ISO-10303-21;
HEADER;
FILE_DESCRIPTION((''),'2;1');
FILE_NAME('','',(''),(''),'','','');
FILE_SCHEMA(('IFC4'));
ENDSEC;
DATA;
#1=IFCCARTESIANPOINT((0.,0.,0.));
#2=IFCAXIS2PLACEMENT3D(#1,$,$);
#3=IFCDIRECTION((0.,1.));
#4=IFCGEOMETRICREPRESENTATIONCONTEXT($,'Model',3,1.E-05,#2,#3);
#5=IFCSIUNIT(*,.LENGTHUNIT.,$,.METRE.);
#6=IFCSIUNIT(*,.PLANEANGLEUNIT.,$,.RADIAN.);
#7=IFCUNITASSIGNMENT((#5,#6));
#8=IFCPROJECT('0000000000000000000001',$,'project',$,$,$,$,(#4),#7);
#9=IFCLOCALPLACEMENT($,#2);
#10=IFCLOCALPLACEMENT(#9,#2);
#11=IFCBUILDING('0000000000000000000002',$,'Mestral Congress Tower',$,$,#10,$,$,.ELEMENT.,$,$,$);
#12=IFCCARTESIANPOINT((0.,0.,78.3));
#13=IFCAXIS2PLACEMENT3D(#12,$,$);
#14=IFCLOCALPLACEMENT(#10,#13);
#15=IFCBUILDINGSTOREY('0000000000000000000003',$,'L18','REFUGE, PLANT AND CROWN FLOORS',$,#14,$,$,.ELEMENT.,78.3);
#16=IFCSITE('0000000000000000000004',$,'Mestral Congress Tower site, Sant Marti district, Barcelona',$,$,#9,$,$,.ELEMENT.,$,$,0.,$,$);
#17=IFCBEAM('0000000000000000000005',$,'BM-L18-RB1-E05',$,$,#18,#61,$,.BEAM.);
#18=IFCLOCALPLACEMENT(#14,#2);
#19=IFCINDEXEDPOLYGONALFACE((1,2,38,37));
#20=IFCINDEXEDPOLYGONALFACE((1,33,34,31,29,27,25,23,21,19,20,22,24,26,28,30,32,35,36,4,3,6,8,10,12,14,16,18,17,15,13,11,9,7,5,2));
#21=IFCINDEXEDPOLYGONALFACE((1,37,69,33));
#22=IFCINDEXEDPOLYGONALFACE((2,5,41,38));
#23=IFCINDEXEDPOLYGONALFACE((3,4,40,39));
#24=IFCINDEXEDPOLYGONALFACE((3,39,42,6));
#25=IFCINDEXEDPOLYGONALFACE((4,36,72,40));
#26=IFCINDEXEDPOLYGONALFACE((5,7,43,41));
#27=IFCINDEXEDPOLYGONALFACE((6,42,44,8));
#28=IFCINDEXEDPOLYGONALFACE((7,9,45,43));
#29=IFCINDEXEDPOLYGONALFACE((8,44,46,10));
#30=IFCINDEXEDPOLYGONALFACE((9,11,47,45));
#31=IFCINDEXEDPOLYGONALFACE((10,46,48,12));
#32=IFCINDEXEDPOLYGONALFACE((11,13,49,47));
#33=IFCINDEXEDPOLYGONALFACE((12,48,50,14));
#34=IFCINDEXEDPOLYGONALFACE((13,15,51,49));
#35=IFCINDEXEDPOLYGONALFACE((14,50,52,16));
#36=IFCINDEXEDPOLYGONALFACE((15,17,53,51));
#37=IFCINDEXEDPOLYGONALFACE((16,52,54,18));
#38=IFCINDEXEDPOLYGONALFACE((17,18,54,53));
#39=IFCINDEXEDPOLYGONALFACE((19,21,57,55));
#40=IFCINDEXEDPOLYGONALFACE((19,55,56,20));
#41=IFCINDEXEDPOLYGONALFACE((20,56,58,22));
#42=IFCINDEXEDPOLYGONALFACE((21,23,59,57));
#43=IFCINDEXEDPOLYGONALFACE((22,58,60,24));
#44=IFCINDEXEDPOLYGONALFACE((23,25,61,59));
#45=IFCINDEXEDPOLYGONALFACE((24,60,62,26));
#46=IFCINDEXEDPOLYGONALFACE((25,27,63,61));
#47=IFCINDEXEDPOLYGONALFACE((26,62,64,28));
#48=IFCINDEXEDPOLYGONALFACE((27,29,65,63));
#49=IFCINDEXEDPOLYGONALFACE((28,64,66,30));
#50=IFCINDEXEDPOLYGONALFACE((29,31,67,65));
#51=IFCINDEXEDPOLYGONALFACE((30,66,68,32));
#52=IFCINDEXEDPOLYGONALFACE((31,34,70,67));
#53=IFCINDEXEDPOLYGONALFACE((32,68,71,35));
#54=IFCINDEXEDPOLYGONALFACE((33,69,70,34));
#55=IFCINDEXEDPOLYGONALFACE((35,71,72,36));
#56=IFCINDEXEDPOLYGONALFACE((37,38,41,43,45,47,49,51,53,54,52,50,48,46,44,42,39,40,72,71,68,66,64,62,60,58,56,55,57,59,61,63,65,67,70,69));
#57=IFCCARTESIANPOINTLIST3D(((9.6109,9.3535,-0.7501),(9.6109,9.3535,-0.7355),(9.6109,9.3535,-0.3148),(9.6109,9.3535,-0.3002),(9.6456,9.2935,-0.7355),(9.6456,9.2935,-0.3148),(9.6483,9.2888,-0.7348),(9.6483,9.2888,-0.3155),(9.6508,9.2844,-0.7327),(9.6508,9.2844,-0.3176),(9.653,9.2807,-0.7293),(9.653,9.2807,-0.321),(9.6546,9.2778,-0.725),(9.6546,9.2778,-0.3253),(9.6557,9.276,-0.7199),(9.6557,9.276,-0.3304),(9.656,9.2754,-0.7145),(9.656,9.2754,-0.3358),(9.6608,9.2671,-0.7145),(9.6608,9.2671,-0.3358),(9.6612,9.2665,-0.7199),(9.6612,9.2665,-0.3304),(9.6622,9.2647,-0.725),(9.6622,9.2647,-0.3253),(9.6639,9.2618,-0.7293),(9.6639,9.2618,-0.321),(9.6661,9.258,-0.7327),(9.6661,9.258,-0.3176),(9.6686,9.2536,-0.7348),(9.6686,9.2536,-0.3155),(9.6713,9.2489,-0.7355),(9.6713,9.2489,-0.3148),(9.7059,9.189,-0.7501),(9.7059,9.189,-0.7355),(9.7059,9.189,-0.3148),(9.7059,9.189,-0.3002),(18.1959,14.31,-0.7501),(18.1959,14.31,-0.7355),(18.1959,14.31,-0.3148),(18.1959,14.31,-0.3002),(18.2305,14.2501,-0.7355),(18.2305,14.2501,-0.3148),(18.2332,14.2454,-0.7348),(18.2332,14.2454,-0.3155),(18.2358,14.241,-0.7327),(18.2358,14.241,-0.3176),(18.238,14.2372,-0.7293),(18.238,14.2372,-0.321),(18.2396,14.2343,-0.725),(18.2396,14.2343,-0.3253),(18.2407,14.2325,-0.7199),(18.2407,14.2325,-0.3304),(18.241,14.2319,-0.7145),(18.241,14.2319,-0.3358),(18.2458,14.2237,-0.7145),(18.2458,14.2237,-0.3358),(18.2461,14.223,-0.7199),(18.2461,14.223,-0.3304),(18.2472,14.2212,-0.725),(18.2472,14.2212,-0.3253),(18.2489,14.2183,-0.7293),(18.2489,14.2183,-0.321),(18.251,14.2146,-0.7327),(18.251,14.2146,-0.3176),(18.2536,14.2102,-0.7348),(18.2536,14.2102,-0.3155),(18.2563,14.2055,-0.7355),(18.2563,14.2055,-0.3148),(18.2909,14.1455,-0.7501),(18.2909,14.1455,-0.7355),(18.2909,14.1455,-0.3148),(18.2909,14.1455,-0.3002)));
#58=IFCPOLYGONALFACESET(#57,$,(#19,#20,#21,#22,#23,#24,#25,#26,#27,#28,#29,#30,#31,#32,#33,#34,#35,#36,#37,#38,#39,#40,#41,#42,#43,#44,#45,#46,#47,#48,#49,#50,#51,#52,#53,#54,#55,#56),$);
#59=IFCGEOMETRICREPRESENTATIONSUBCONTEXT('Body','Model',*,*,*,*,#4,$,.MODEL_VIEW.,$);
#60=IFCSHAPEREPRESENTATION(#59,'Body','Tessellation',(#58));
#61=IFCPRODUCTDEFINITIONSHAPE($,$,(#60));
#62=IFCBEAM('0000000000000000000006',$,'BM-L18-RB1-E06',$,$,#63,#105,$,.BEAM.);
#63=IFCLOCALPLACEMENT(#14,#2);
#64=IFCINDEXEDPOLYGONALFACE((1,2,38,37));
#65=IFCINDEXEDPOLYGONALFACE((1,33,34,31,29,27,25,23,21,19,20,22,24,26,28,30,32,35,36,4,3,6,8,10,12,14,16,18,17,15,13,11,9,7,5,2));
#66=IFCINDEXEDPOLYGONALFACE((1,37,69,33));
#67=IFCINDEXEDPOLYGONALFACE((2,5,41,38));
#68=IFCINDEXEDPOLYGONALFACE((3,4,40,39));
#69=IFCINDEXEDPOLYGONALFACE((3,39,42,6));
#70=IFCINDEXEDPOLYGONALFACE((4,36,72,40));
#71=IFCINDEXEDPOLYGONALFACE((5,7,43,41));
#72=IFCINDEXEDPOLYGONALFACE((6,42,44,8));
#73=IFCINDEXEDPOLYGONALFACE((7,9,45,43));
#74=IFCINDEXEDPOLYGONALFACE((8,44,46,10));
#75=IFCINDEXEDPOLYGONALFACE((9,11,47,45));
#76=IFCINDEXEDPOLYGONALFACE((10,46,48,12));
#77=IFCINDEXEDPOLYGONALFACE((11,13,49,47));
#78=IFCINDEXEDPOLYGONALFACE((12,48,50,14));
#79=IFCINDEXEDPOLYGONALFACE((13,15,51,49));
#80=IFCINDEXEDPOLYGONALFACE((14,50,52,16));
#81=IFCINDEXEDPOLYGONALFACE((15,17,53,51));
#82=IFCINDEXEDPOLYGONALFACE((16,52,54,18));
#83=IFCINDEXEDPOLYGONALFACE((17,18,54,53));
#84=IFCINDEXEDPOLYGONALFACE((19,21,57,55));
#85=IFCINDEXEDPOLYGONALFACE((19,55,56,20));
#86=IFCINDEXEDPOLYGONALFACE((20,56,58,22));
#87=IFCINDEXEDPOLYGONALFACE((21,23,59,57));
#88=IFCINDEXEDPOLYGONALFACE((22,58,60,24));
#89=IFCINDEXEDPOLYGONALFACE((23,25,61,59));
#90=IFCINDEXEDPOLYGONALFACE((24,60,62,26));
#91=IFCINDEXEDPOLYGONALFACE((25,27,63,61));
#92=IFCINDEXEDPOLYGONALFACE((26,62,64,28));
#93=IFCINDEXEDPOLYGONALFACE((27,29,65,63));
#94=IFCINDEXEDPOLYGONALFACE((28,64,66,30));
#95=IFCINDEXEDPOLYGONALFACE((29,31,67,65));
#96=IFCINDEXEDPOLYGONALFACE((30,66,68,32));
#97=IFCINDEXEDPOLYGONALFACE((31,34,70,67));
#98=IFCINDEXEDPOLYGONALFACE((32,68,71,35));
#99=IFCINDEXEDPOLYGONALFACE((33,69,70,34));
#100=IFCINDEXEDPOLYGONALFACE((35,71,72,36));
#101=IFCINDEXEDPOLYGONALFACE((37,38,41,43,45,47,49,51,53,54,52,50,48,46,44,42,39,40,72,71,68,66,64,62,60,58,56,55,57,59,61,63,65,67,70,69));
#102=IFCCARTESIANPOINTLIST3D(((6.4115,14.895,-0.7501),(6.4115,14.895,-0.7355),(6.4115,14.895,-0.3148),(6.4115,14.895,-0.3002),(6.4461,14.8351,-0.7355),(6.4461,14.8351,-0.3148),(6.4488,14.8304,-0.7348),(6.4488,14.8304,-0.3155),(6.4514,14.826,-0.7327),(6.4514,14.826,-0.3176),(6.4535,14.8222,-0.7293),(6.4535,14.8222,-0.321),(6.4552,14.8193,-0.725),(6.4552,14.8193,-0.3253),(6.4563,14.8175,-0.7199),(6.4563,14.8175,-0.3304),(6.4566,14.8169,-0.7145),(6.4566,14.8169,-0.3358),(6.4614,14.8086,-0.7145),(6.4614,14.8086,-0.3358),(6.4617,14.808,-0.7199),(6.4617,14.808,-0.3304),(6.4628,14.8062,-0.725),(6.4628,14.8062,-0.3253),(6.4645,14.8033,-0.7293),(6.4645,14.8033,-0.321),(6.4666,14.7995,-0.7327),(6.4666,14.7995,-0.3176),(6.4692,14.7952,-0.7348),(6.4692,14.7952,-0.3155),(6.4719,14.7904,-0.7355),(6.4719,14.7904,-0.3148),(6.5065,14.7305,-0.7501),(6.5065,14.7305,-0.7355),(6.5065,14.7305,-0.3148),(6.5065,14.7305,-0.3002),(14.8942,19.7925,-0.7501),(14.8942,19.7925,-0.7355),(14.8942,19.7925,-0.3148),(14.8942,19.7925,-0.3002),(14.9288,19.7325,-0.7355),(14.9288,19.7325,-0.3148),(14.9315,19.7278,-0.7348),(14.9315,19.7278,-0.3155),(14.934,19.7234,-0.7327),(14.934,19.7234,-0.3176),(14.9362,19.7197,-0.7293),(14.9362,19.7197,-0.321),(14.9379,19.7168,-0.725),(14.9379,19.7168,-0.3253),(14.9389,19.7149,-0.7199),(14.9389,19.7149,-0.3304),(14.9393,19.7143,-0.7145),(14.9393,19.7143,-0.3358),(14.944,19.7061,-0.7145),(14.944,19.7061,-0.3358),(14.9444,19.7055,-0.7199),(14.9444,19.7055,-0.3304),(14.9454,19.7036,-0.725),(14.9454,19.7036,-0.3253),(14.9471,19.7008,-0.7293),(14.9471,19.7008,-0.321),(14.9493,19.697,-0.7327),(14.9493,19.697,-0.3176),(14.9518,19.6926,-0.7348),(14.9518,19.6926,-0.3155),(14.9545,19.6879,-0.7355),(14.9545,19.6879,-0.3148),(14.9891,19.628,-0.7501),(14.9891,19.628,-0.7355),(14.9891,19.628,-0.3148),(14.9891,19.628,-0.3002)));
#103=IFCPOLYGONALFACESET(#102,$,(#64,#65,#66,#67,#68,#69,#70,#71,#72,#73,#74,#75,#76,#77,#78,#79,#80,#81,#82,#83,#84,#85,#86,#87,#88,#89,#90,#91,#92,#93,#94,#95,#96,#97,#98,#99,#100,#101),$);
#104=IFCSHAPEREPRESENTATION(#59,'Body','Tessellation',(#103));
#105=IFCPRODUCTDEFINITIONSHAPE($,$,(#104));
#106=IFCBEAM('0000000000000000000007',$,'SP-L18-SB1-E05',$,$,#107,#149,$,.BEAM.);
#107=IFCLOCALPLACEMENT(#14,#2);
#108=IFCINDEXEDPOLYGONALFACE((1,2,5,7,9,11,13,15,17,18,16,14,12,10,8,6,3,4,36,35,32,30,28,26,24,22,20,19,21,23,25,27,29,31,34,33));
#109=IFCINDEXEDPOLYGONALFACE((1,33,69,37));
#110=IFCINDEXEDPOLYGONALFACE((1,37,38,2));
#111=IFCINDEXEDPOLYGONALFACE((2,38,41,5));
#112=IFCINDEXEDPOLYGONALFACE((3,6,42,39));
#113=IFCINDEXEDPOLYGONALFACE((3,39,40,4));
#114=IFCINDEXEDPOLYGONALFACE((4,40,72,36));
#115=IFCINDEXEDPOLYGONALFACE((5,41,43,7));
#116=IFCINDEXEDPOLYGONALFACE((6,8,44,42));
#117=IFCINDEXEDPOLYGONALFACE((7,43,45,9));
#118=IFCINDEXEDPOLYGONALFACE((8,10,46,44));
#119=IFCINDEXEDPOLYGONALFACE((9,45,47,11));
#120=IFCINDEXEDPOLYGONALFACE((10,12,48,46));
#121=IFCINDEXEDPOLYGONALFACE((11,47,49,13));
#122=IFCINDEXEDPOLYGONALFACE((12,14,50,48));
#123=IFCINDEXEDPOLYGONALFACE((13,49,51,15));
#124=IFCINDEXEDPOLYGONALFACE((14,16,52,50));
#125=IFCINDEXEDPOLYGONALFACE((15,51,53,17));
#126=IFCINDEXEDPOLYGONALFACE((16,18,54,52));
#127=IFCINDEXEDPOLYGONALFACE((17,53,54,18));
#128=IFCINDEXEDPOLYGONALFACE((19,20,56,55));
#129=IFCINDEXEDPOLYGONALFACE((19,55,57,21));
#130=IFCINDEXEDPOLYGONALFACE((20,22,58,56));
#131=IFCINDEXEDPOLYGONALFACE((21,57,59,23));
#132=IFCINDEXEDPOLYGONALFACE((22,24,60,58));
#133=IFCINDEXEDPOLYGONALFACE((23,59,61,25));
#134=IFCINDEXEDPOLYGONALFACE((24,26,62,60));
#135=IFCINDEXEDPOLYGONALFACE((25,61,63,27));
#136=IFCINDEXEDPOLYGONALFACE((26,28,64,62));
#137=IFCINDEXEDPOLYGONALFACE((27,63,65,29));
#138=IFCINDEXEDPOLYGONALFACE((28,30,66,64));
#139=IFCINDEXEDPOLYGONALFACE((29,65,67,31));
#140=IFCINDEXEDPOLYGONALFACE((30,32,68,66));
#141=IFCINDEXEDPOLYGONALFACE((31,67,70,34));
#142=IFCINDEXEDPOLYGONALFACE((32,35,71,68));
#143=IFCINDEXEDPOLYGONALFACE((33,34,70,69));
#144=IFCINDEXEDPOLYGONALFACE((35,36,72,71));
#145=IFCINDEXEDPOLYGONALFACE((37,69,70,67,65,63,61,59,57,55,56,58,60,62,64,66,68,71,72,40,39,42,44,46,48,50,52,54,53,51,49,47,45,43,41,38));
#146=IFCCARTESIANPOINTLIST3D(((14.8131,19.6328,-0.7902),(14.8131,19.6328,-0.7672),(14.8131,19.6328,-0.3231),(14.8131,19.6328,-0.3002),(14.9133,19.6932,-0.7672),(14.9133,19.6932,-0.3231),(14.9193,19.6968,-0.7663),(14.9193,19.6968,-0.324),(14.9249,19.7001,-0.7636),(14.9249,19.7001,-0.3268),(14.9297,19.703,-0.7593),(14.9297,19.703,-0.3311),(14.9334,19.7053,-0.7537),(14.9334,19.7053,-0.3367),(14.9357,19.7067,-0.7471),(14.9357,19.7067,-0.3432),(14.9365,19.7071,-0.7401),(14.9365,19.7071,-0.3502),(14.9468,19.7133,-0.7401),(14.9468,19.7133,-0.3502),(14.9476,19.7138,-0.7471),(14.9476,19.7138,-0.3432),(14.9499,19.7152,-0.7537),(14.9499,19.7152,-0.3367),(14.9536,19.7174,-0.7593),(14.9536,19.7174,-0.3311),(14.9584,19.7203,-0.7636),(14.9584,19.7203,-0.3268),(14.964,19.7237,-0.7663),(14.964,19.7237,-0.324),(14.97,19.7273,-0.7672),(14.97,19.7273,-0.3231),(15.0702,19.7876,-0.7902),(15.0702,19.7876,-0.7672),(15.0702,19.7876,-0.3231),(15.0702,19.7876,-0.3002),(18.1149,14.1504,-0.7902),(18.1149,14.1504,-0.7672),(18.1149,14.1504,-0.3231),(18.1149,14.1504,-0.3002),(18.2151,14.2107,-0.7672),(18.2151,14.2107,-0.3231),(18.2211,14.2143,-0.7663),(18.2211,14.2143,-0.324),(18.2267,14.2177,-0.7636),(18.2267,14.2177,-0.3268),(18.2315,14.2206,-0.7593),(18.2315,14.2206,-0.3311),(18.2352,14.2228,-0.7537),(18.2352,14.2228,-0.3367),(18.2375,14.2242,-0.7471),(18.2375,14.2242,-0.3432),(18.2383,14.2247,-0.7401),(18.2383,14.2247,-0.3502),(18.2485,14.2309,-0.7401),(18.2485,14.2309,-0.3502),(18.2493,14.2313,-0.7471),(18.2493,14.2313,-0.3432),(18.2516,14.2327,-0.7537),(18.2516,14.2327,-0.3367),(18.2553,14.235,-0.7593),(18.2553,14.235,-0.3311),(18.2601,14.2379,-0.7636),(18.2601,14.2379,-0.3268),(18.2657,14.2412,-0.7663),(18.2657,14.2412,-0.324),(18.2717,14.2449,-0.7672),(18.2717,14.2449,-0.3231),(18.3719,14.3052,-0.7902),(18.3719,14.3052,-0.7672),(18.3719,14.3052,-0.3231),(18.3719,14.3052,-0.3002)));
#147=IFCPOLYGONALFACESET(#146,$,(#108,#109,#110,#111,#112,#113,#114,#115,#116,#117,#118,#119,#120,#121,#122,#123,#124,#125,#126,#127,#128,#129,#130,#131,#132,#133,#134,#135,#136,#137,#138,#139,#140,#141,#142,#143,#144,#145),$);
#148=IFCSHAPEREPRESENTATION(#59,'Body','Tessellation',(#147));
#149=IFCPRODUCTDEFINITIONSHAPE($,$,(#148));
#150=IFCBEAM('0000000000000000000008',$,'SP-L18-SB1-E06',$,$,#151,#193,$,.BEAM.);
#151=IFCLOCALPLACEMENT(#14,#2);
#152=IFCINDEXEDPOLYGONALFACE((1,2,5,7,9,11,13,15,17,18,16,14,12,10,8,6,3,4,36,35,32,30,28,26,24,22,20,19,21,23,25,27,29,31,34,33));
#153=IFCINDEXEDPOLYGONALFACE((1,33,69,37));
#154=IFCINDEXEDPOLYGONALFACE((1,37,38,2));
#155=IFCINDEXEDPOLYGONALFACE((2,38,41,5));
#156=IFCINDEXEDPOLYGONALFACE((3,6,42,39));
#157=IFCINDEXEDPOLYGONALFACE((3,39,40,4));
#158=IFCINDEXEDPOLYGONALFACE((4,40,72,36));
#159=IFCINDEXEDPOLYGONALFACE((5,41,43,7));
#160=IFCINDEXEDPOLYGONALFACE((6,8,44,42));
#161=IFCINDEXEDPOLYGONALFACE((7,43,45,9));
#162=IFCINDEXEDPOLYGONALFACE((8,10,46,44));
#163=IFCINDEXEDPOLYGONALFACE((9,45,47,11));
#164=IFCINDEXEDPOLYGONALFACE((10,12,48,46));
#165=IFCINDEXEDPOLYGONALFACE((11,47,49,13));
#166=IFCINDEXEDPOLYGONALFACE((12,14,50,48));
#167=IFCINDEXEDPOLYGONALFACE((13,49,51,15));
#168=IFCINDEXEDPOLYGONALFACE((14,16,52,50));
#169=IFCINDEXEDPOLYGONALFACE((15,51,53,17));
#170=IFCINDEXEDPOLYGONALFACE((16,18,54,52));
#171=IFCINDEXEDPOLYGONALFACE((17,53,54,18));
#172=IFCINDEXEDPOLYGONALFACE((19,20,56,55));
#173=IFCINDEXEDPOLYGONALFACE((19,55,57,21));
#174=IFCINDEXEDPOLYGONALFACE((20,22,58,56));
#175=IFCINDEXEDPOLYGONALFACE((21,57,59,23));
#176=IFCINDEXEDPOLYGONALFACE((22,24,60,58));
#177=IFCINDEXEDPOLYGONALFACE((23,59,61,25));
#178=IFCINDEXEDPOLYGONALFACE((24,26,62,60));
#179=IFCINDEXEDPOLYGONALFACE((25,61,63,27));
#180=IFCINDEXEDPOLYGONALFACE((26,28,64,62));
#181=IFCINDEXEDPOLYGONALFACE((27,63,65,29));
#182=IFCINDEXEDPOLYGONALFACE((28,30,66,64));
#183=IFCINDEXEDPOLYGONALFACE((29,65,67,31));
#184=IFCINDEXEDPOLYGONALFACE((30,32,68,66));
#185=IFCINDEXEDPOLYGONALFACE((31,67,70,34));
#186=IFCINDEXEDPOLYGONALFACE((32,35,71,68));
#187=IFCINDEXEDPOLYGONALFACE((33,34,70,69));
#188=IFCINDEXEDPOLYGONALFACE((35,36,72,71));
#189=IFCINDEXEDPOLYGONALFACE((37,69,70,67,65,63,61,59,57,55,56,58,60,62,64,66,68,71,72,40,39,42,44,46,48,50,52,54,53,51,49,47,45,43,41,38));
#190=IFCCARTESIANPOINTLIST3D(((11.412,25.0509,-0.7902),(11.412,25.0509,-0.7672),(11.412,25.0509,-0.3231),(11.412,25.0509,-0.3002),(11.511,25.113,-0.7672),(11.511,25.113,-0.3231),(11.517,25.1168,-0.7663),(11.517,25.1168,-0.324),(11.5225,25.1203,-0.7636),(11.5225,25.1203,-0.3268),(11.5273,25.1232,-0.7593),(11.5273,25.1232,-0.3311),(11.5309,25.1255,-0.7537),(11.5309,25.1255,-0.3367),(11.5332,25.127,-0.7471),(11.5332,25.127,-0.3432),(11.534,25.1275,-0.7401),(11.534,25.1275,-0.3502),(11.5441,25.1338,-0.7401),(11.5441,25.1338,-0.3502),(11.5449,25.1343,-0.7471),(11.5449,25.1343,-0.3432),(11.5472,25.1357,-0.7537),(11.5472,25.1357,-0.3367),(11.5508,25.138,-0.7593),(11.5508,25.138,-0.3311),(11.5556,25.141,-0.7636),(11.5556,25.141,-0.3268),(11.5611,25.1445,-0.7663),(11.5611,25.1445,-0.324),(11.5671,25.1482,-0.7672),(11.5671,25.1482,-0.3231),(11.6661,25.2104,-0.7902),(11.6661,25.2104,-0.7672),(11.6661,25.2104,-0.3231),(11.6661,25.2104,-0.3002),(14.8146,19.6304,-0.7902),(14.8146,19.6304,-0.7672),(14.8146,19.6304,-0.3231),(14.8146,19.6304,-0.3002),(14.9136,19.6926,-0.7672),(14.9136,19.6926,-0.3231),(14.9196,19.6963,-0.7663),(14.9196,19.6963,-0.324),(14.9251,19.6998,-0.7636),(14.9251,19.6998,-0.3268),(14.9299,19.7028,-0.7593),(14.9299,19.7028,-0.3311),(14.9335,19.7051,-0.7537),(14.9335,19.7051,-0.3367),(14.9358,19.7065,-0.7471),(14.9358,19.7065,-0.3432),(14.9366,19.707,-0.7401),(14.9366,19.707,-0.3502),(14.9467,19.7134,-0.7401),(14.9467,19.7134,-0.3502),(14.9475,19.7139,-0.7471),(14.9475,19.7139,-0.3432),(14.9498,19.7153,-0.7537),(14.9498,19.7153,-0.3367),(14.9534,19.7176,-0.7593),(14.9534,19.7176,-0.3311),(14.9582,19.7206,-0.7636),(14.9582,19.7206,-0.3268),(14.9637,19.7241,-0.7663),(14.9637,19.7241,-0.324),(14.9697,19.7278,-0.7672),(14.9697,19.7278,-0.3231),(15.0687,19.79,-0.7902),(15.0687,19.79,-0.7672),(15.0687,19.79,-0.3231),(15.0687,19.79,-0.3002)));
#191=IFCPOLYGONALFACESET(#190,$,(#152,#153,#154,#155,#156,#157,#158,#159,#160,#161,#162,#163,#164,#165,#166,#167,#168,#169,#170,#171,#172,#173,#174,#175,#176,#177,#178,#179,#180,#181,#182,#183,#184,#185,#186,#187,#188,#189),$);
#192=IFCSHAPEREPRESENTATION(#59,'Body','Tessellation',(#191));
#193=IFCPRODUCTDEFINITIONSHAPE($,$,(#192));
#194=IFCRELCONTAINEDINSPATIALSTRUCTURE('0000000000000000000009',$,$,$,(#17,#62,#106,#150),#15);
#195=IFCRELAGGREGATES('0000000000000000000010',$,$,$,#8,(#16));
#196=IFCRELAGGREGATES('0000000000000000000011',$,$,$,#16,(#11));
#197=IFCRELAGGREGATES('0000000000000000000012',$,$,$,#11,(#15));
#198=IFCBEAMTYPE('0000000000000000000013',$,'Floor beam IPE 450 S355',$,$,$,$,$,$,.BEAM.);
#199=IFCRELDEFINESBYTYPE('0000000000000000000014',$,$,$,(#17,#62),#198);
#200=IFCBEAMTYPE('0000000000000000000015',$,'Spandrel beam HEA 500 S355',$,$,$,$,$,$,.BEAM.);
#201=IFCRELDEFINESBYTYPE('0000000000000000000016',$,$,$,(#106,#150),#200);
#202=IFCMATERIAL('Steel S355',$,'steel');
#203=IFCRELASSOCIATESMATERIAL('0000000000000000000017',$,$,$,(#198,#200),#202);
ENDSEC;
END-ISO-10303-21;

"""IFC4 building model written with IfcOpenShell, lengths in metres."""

from ifc_helpers import new_model, si_unit, direction, frame, origin, origin_2d, place, context, subcontext, project, spatial, i_section, extrude, material, material_profile, profile_set, type_object, element, save


model = new_model("IFC4")

# Units and contexts
model_context = context("Model", 3, precision=1e-05, world=origin(), true_north=direction((0.0, 1.0)))
body_context = subcontext(model_context, "Body", "Model", "MODEL_VIEW")
ifc_project = project(units=[si_unit("LENGTHUNIT", "METRE"), si_unit("PLANEANGLEUNIT", "RADIAN")], contexts=[model_context])

# Site, building, storey
site_placement = place(None, origin())
site = spatial("IfcSite", under=ifc_project, at=site_placement, Name="Mestral Congress Tower site, Sant Marti district, Barcelona", CompositionType="ELEMENT", RefElevation=0.0)
building_placement = place(site_placement, origin())
building = spatial("IfcBuilding", under=site, at=building_placement, Name="Mestral Congress Tower", CompositionType="ELEMENT")
storey_placement = place(building_placement, frame((0.0, 0.0, 78.3)))
storey = spatial("IfcBuildingStorey", under=building, at=storey_placement, Name="L18", Description="REFUGE, PLANT AND CROWN FLOORS", CompositionType="ELEMENT", Elevation=78.3)

# Shared definitions
ifc_material_1 = material(Name="Steel S355", Category="steel")

# Beams
ifc_material_profile_1 = material_profile(ifc_material_1, i_section(OverallWidth=0.1899, OverallDepth=0.45, WebThickness=0.0095, FlangeThickness=0.0146, FilletRadius=0.021, at=origin_2d()), Name="IPE 450")
ifc_profile_set_1 = profile_set([ifc_material_profile_1], Name="Steel S355")
beam_type_1 = type_object("IfcBeamType", Name="Floor beam IPE 450 S355", PredefinedType="BEAM", material=ifc_profile_set_1)
beam_1_placement = place(storey_placement, frame((18.2434, 14.2278, -0.5251), z_axis=(-0.866025, -0.500001, 0.0), x_axis=(0.500001, -0.866025, 0.0)))
element("IfcBeam", 1, at=beam_1_placement, inside=storey, type_object=beam_type_1, Name="BM-L18-RB1-E05", PredefinedType="BEAM", context=body_context, shape_type="SweptSolid", body=[
    extrude(i_section(OverallWidth=0.1899, OverallDepth=0.45, WebThickness=0.0095, FlangeThickness=0.0146, FilletRadius=0.021, at=origin_2d()), origin(), (0.0, 0.0, 1.0), 9.9131),
])
beam_2_placement = place(storey_placement, frame((14.9417, 19.7102, -0.5251), z_axis=(-0.866026, -0.499999, 0.0), x_axis=(0.499999, -0.866026, 0.0)))
element("IfcBeam", 2, at=beam_2_placement, inside=storey, type_object=beam_type_1, Name="BM-L18-RB1-E06", PredefinedType="BEAM", context=body_context, shape_type="SweptSolid", body=[
    extrude(i_section(OverallWidth=0.1899, OverallDepth=0.45, WebThickness=0.0095, FlangeThickness=0.0146, FilletRadius=0.021, at=origin_2d()), origin(), (0.0, 0.0, 1.0), 9.7949),
])
ifc_material_profile_2 = material_profile(ifc_material_1, i_section(OverallWidth=0.3, OverallDepth=0.49, WebThickness=0.012, FlangeThickness=0.0229, FilletRadius=0.0271, at=origin_2d()), Name="HEA 500")
ifc_profile_set_2 = profile_set([ifc_material_profile_2], Name="Steel S355")
beam_type_2 = type_object("IfcBeamType", Name="Spandrel beam HEA 500 S355", PredefinedType="BEAM", material=ifc_profile_set_2)
for number, where, z_axis, x_axis, name in (
    (3, (18.2434, 14.2278, -0.5452), (-0.515909, 0.856644, 0.0), (-0.856644, -0.515909, 0.0), "SP-L18-SB1-E05"),
    (4, (14.9417, 19.7102, -0.5452), (-0.531664, 0.846955, 0.0), (-0.846955, -0.531664, 0.0), "SP-L18-SB1-E06"),
):
    element("IfcBeam", number, at=place(storey_placement, frame(where, z_axis=z_axis, x_axis=x_axis)), inside=storey, type_object=beam_type_2, Name=name, PredefinedType="BEAM", context=body_context, shape_type="SweptSolid", body=[
        extrude(i_section(OverallWidth=0.3, OverallDepth=0.49, WebThickness=0.012, FlangeThickness=0.0229, FilletRadius=0.0271, at=origin_2d()), origin(), (0.0, 0.0, 1.0), 6.3999),
    ])

save(model, "model.ifc")
